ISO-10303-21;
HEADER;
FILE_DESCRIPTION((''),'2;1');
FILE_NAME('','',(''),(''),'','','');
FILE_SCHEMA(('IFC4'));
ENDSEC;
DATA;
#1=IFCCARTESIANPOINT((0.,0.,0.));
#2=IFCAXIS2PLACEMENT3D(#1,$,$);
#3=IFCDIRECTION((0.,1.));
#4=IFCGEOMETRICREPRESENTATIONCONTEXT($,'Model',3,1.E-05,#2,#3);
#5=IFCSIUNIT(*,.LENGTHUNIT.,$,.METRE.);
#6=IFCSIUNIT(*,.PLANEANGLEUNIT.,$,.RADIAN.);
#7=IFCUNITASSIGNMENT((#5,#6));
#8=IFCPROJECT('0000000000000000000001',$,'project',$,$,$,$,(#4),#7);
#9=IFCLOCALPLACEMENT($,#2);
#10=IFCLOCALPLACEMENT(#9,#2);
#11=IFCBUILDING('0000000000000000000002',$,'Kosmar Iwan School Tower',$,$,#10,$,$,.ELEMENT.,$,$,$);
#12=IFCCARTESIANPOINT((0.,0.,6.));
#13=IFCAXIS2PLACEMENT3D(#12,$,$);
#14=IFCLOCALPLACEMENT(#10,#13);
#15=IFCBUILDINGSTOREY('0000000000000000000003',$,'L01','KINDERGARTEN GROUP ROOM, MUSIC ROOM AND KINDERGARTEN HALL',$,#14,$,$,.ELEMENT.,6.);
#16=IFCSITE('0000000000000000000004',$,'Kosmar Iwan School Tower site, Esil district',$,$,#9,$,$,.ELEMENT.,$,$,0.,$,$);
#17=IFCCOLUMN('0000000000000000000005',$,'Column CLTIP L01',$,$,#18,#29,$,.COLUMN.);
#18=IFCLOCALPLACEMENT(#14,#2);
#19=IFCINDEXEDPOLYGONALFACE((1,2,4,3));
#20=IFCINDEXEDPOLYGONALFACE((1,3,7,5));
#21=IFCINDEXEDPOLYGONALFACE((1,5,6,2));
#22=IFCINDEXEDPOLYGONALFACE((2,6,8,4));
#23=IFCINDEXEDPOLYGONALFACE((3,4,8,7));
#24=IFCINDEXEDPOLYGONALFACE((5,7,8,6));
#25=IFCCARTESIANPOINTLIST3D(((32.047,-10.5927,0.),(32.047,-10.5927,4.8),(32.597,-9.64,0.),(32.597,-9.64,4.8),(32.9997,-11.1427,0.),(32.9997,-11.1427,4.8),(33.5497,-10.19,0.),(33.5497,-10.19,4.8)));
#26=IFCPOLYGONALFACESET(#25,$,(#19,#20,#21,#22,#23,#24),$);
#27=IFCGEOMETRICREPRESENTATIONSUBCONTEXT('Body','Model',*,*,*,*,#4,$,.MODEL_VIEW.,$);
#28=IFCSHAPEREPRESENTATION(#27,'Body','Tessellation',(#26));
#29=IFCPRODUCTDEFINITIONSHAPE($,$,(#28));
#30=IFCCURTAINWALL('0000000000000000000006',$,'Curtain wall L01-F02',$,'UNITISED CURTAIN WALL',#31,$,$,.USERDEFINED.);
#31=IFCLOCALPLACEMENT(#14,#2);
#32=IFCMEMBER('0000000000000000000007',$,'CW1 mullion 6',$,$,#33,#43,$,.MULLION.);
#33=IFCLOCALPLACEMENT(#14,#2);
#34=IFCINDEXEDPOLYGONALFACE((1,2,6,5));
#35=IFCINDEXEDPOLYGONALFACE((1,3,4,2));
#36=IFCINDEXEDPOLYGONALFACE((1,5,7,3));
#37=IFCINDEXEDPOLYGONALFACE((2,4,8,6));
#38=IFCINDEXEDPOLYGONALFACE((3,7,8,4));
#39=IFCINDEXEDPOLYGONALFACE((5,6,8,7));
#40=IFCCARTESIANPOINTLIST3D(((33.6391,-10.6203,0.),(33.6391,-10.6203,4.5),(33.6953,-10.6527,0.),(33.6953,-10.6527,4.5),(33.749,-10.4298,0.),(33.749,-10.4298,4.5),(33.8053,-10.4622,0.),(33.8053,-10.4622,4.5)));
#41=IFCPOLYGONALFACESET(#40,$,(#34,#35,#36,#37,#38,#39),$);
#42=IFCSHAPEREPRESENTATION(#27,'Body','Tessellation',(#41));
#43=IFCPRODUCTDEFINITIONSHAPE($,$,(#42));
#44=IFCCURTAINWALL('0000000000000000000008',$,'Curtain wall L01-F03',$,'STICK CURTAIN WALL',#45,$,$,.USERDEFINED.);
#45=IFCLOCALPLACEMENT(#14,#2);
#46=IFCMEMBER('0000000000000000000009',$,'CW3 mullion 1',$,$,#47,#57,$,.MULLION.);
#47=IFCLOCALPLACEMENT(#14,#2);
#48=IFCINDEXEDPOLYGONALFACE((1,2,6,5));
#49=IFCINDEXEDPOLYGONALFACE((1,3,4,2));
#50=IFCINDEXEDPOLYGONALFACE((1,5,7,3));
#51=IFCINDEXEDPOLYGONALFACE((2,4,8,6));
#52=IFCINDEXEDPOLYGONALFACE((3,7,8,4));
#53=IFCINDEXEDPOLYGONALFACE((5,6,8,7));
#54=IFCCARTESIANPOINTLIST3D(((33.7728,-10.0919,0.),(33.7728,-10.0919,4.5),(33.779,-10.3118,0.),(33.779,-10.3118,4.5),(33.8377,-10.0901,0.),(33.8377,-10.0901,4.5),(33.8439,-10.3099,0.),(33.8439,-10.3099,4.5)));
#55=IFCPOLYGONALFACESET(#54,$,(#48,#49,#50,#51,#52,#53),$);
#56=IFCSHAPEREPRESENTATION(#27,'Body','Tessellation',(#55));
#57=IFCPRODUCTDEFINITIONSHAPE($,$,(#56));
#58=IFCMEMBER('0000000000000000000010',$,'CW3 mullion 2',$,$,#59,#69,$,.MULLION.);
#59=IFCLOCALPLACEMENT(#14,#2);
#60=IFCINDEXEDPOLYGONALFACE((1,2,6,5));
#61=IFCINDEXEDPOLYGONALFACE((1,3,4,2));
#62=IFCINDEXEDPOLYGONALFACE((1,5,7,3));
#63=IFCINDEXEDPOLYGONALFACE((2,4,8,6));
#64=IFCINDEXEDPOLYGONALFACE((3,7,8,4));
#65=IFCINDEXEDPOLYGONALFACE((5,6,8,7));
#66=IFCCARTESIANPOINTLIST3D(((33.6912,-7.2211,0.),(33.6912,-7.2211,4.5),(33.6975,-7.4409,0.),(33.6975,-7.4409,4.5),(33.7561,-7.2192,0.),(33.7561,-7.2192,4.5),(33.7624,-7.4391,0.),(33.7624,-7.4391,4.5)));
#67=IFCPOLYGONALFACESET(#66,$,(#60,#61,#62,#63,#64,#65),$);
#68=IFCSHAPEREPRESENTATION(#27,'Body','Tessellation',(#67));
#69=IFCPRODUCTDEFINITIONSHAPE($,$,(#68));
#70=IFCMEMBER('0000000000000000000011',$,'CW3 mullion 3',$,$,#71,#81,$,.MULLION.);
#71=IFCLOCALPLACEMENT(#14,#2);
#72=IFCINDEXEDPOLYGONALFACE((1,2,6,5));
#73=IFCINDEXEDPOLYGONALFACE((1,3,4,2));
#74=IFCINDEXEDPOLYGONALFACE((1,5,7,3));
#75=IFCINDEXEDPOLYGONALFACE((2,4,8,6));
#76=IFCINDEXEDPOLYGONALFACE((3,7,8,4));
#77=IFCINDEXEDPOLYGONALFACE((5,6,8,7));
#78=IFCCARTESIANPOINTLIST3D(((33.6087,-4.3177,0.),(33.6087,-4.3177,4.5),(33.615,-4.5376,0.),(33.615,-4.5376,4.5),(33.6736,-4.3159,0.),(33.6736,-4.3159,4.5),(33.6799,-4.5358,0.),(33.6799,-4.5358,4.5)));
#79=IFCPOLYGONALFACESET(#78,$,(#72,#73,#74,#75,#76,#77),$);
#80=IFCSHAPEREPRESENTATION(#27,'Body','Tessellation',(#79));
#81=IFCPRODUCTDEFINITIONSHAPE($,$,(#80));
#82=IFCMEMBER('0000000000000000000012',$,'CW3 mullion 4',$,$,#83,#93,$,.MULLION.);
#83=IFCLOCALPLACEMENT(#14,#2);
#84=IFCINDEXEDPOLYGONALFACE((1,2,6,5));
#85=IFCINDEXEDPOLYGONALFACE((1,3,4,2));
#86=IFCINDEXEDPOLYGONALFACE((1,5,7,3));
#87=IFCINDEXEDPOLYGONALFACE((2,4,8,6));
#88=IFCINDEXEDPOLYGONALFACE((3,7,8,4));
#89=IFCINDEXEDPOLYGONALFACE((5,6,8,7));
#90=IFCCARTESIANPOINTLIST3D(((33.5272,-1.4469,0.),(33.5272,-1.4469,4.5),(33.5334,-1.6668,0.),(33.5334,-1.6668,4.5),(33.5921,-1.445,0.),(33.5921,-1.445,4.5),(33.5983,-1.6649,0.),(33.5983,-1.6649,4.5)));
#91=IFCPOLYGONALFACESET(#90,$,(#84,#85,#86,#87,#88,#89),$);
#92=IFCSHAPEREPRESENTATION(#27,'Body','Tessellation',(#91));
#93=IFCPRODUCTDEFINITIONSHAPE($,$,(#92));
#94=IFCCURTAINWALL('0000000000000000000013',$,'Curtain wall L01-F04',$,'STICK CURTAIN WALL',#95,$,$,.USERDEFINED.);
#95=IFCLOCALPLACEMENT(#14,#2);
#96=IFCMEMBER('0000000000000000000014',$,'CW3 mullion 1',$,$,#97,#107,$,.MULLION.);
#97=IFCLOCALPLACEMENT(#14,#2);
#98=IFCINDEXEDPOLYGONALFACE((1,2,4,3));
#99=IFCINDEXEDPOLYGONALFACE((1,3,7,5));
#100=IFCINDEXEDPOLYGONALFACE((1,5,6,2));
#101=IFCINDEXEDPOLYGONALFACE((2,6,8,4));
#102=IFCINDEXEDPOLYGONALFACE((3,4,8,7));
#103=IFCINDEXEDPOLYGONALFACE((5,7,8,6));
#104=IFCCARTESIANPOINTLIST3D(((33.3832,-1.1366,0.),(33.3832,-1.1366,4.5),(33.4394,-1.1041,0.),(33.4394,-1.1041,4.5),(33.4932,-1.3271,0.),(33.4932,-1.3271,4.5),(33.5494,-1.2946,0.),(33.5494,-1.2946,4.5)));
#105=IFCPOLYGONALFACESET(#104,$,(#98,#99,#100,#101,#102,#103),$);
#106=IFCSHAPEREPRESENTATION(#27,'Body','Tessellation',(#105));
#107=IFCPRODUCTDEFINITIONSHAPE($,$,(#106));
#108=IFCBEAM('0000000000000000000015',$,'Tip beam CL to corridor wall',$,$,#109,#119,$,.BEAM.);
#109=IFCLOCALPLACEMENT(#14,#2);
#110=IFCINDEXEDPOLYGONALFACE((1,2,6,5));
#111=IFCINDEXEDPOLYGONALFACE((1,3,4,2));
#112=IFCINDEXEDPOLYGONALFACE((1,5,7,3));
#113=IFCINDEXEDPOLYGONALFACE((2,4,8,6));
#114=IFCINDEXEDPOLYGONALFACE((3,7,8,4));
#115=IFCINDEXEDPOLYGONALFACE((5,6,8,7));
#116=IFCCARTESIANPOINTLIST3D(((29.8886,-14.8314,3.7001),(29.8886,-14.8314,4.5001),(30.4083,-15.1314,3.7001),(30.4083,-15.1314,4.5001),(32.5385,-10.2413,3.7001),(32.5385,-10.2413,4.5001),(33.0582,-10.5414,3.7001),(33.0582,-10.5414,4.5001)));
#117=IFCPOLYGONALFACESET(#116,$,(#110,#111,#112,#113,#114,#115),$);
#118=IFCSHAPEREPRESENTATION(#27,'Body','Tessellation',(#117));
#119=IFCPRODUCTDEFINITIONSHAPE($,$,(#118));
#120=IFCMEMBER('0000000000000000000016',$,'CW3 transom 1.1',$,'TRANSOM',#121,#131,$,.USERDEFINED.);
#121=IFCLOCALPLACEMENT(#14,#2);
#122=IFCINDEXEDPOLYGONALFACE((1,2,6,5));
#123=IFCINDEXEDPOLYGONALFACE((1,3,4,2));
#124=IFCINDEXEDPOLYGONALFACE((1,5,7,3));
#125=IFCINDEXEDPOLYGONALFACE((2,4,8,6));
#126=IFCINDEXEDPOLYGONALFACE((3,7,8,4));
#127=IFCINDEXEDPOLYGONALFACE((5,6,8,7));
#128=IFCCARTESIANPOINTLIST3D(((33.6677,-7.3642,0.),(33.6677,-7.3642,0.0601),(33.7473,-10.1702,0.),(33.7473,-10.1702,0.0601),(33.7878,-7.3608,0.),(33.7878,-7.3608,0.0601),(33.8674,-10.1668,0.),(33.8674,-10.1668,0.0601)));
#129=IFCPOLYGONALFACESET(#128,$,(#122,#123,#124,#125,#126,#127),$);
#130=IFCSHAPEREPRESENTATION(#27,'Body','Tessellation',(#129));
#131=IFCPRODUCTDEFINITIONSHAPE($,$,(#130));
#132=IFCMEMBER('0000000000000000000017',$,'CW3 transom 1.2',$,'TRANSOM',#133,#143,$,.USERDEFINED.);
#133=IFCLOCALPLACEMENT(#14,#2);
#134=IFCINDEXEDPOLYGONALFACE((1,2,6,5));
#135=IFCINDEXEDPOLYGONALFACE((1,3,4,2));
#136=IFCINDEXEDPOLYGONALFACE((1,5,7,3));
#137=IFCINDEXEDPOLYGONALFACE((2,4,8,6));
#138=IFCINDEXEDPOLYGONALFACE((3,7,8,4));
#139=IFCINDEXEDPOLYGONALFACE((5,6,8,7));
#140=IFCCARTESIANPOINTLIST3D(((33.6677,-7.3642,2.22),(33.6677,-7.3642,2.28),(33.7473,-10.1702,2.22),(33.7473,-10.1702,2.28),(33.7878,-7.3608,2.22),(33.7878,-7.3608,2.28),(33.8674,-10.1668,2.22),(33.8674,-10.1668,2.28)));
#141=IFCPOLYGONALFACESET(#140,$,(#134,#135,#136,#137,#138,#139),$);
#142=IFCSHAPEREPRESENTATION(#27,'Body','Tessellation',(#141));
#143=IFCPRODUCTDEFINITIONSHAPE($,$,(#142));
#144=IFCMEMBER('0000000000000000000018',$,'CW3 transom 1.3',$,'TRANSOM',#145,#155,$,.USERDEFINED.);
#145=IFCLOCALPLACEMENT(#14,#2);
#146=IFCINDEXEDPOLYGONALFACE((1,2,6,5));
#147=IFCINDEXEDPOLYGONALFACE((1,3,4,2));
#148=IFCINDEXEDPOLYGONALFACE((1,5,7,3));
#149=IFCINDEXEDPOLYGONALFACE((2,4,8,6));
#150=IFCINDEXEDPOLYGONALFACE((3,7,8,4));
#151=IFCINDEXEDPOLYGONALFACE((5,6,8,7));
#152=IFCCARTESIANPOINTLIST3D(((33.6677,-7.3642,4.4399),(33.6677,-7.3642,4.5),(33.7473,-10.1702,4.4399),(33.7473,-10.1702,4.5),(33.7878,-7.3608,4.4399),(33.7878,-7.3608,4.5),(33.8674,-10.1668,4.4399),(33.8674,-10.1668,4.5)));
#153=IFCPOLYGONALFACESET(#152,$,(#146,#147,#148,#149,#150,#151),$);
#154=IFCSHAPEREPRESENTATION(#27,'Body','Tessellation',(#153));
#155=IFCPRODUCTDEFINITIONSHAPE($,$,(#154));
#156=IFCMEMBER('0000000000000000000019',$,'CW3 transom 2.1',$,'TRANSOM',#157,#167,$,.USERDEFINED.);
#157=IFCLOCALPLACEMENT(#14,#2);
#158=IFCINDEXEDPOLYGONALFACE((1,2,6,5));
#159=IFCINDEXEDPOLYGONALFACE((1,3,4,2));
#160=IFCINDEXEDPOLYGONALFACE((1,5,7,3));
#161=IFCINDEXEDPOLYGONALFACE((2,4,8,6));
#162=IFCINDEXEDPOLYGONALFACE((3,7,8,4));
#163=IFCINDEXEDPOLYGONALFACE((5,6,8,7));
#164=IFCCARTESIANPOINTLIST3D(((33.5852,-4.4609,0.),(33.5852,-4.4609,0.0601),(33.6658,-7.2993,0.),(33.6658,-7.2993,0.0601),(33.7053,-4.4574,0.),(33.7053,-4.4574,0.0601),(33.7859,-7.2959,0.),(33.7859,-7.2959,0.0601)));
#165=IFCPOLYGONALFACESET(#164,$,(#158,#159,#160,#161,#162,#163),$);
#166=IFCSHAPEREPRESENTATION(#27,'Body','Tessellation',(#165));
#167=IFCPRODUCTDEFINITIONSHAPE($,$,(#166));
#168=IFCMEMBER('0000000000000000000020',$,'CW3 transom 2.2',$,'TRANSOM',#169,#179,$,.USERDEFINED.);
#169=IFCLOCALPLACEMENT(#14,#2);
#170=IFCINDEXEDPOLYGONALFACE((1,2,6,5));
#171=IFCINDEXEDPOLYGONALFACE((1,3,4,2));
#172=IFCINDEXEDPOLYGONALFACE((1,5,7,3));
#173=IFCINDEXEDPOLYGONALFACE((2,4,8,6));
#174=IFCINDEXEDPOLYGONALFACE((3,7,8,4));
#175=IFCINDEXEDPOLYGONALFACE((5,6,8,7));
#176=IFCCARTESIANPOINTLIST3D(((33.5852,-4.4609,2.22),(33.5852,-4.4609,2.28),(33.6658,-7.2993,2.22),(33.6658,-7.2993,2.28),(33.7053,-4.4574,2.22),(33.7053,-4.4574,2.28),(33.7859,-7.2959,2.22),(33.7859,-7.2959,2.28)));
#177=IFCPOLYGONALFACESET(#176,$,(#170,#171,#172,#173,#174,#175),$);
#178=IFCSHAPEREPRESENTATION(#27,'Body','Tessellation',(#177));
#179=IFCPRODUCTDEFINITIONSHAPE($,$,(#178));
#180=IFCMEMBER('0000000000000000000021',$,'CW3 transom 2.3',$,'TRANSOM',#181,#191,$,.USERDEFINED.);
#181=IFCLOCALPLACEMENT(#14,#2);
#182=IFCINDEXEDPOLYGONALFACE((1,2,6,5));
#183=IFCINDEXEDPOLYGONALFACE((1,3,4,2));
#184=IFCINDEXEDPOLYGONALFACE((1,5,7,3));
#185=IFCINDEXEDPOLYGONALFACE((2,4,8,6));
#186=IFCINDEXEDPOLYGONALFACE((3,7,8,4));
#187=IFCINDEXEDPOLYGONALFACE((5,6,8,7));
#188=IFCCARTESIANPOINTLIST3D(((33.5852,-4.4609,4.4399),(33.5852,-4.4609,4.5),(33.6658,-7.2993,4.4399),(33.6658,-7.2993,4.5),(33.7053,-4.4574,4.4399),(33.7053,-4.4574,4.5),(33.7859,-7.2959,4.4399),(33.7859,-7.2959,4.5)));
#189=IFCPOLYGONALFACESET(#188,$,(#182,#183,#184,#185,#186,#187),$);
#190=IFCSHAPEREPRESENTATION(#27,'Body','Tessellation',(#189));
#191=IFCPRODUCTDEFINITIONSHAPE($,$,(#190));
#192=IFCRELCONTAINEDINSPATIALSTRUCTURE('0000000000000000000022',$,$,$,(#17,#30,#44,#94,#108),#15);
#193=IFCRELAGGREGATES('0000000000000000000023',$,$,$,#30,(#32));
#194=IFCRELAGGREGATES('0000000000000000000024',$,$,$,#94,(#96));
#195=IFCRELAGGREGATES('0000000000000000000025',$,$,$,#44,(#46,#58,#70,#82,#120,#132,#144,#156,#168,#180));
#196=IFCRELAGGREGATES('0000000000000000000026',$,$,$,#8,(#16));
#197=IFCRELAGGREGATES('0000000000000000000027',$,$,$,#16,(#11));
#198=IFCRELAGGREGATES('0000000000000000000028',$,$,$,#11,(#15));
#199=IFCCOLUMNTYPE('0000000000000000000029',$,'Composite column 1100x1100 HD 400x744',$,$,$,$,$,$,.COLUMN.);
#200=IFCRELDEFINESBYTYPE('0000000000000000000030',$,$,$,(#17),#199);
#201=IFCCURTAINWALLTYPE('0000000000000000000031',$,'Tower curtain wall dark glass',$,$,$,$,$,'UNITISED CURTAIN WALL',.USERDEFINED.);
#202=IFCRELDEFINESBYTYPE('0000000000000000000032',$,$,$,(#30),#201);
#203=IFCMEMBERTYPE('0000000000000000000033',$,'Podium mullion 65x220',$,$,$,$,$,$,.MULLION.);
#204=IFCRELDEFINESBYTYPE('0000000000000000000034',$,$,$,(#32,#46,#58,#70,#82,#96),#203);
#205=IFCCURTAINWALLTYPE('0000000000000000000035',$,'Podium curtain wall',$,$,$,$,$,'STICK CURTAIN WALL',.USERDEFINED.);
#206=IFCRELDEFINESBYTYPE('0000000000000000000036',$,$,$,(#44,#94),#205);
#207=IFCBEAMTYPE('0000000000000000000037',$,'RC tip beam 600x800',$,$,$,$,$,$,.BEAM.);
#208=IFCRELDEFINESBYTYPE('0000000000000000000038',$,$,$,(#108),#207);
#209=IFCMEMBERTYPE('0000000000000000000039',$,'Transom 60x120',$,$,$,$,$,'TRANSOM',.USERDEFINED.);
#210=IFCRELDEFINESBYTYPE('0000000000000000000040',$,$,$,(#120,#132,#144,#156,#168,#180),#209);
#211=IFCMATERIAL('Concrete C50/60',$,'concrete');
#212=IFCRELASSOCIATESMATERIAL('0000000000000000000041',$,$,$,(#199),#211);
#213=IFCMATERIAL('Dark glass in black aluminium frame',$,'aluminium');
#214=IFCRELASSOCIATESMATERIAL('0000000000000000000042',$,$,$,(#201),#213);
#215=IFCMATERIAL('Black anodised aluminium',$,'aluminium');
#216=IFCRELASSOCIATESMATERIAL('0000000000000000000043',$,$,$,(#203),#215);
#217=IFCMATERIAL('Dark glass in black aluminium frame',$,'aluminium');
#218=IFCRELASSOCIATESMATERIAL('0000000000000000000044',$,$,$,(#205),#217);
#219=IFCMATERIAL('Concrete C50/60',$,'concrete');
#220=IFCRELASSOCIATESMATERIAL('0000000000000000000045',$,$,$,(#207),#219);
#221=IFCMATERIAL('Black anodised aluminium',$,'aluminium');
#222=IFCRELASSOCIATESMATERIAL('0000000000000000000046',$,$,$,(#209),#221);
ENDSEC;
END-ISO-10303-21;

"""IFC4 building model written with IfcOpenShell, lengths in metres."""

from ifc_helpers import new_model, si_unit, direction, frame, origin, origin_2d, place, context, subcontext, project, spatial, rectangle, extrude, material, material_profile, profile_set, type_object, element, aggregate, save


model = new_model("IFC4")

# Units and contexts
model_context = context("Model", 3, precision=1e-05, world=origin(), true_north=direction((0.0, 1.0)))
body_context = subcontext(model_context, "Body", "Model", "MODEL_VIEW")
ifc_project = project(units=[si_unit("LENGTHUNIT", "METRE"), si_unit("PLANEANGLEUNIT", "RADIAN")], contexts=[model_context])

# Site, building, storey
site_placement = place(None, origin())
site = spatial("IfcSite", under=ifc_project, at=site_placement, Name="Kosmar Iwan School Tower site, Esil district", CompositionType="ELEMENT", RefElevation=0.0)
building_placement = place(site_placement, origin())
building = spatial("IfcBuilding", under=site, at=building_placement, Name="Kosmar Iwan School Tower", CompositionType="ELEMENT")
storey_placement = place(building_placement, frame((0.0, 0.0, 6.0)))
storey = spatial("IfcBuildingStorey", under=building, at=storey_placement, Name="L01", Description="KINDERGARTEN GROUP ROOM, MUSIC ROOM AND KINDERGARTEN HALL", CompositionType="ELEMENT", Elevation=6.0)

# Column
ifc_material_1 = material(Name="Concrete C50/60", Category="concrete")
ifc_material_profile_1 = material_profile(ifc_material_1, rectangle(XDim=1.1001, YDim=1.1001, at=origin_2d()), Name="RC 1100x1100 + HD 400x744")
ifc_profile_set_1 = profile_set([ifc_material_profile_1], Name="Concrete C50/60")
column_type = type_object("IfcColumnType", Name="Composite column 1100x1100 HD 400x744", PredefinedType="COLUMN", material=ifc_profile_set_1)
column_placement = place(storey_placement, frame((32.7983, -10.3914, 0.0), z_axis=(0.0, 0.0, 1.0), x_axis=(0.866025, -0.5, 0.0)))
element("IfcColumn", 1, at=column_placement, inside=storey, type_object=column_type, Name="Column CLTIP L01", PredefinedType="COLUMN", context=body_context, shape_type="SweptSolid", body=[
    extrude(rectangle(XDim=1.1001, YDim=1.1001, at=origin_2d()), origin(), (0.0, 0.0, 1.0), 4.8),
])

# Curtain wall, member
ifc_material_2 = material(Name="Dark glass in black aluminium frame", Category="aluminium")
curtain_wall_type_1 = type_object("IfcCurtainWallType", Name="Tower curtain wall dark glass", ElementType="UNITISED CURTAIN WALL", PredefinedType="USERDEFINED", material=ifc_material_2)
curtain_wall_1_placement = place(storey_placement, origin())
curtain_wall_1 = element("IfcCurtainWall", 2, at=curtain_wall_1_placement, inside=storey, type_object=curtain_wall_type_1, Name="Curtain wall L01-F02", ObjectType="UNITISED CURTAIN WALL", PredefinedType="USERDEFINED")
ifc_material_3 = material(Name="Black anodised aluminium", Category="aluminium")
ifc_material_profile_2 = material_profile(ifc_material_3, rectangle(XDim=0.0649, YDim=0.22, at=origin_2d()), Name="MULLION 65x220")
ifc_profile_set_2 = profile_set([ifc_material_profile_2], Name="Black anodised aluminium")
member_type_1 = type_object("IfcMemberType", Name="Podium mullion 65x220", PredefinedType="MULLION", material=ifc_profile_set_2)
member_1_placement = place(storey_placement, frame((33.7222, -10.5413, 0.0), z_axis=(0.0, 0.0, 1.0), x_axis=(-0.866025, 0.5, 0.0)))
member_1 = element("IfcMember", 3, at=member_1_placement, type_object=member_type_1, Name="CW1 mullion 6", PredefinedType="MULLION", context=body_context, shape_type="SweptSolid", body=[
    extrude(rectangle(XDim=0.0649, YDim=0.22, at=origin_2d()), origin(), (0.0, 0.0, 1.0), 4.5),
])
aggregate(curtain_wall_1, [member_1])

# Curtain wall, members
ifc_material_4 = material(Name="Dark glass in black aluminium frame", Category="aluminium")
curtain_wall_type_2 = type_object("IfcCurtainWallType", Name="Podium curtain wall", ElementType="STICK CURTAIN WALL", PredefinedType="USERDEFINED", material=ifc_material_4)
curtain_wall_2_placement = place(storey_placement, origin())
curtain_wall_2 = element("IfcCurtainWall", 4, at=curtain_wall_2_placement, inside=storey, type_object=curtain_wall_type_2, Name="Curtain wall L01-F03", ObjectType="STICK CURTAIN WALL", PredefinedType="USERDEFINED")
member_2_placement = place(storey_placement, frame((33.8083, -10.2009, 0.0), z_axis=(0.0, 0.0, 1.0), x_axis=(-0.999597, -0.028386, 0.0)))
member_2 = element("IfcMember", 5, at=member_2_placement, type_object=member_type_1, Name="CW3 mullion 1", PredefinedType="MULLION", context=body_context, shape_type="SweptSolid", body=[
    extrude(rectangle(XDim=0.0649, YDim=0.22, at=origin_2d()), origin(), (0.0, 0.0, 1.0), 4.5),
])
member_3_placement = place(storey_placement, frame((33.7268, -7.3301, 0.0), z_axis=(0.0, 0.0, 1.0), x_axis=(-0.999597, -0.028386, 0.0)))
member_3 = element("IfcMember", 6, at=member_3_placement, type_object=member_type_1, Name="CW3 mullion 2", PredefinedType="MULLION", context=body_context, shape_type="SweptSolid", body=[
    extrude(rectangle(XDim=0.0649, YDim=0.22, at=origin_2d()), origin(), (0.0, 0.0, 1.0), 4.5),
])
member_4_placement = place(storey_placement, frame((33.6443, -4.4268, 0.0), z_axis=(0.0, 0.0, 1.0), x_axis=(-0.999597, -0.028386, 0.0)))
member_4 = element("IfcMember", 7, at=member_4_placement, type_object=member_type_1, Name="CW3 mullion 3", PredefinedType="MULLION", context=body_context, shape_type="SweptSolid", body=[
    extrude(rectangle(XDim=0.0649, YDim=0.22, at=origin_2d()), origin(), (0.0, 0.0, 1.0), 4.5),
])
member_5_placement = place(storey_placement, frame((33.5627, -1.5559, 0.0), z_axis=(0.0, 0.0, 1.0), x_axis=(-0.999597, -0.028386, 0.0)))
member_5 = element("IfcMember", 8, at=member_5_placement, type_object=member_type_1, Name="CW3 mullion 4", PredefinedType="MULLION", context=body_context, shape_type="SweptSolid", body=[
    extrude(rectangle(XDim=0.0649, YDim=0.22, at=origin_2d()), origin(), (0.0, 0.0, 1.0), 4.5),
])

# Curtain wall, member
curtain_wall_3_placement = place(storey_placement, origin())
curtain_wall_3 = element("IfcCurtainWall", 9, at=curtain_wall_3_placement, inside=storey, type_object=curtain_wall_type_2, Name="Curtain wall L01-F04", ObjectType="STICK CURTAIN WALL", PredefinedType="USERDEFINED")
member_6_placement = place(storey_placement, frame((33.4663, -1.2156, 0.0), z_axis=(0.0, 0.0, 1.0), x_axis=(-0.866025, -0.5, 0.0)))
member_6 = element("IfcMember", 10, at=member_6_placement, type_object=member_type_1, Name="CW3 mullion 1", PredefinedType="MULLION", context=body_context, shape_type="SweptSolid", body=[
    extrude(rectangle(XDim=0.0649, YDim=0.22, at=origin_2d()), origin(), (0.0, 0.0, 1.0), 4.5),
])

# Beam
ifc_material_5 = material(Name="Concrete C50/60", Category="concrete")
ifc_material_profile_3 = material_profile(ifc_material_5, rectangle(XDim=0.6001, YDim=0.8, at=origin_2d()), Name="RC 600x800")
ifc_profile_set_3 = profile_set([ifc_material_profile_3], Name="Concrete C50/60")
beam_type = type_object("IfcBeamType", Name="RC tip beam 600x800", PredefinedType="BEAM", material=ifc_profile_set_3)
beam_placement = place(storey_placement, frame((32.7983, -10.3914, 4.1001), z_axis=(-0.499974, -0.866041, 0.0), x_axis=(0.866041, -0.499974, 0.0)))
element("IfcBeam", 11, at=beam_placement, inside=storey, type_object=beam_type, Name="Tip beam CL to corridor wall", PredefinedType="BEAM", context=body_context, shape_type="SweptSolid", body=[
    extrude(rectangle(XDim=0.6001, YDim=0.8, at=origin_2d()), origin(), (0.0, 0.0, 1.0), 5.3),
])

# Members
ifc_material_6 = material(Name="Black anodised aluminium", Category="aluminium")
ifc_material_profile_4 = material_profile(ifc_material_6, rectangle(XDim=0.1201, YDim=0.0601, at=origin_2d()), Name="TRANSOM 60x120")
ifc_profile_set_4 = profile_set([ifc_material_profile_4], Name="Black anodised aluminium")
member_type_2 = type_object("IfcMemberType", Name="Transom 60x120", ElementType="TRANSOM", PredefinedType="USERDEFINED", material=ifc_profile_set_4)
member_7_placement = place(storey_placement, frame((33.8074, -10.1685, 0.03), z_axis=(-0.028354, 0.999598, 0.0), x_axis=(-0.999598, -0.028354, 0.0)))
member_7 = element("IfcMember", 12, at=member_7_placement, type_object=member_type_2, Name="CW3 transom 1.1", ObjectType="TRANSOM", PredefinedType="USERDEFINED", context=body_context, shape_type="SweptSolid", body=[
    extrude(rectangle(XDim=0.1201, YDim=0.0601, at=origin_2d()), origin(), (0.0, 0.0, 1.0), 2.8071),
])
member_8_placement = place(storey_placement, frame((33.8074, -10.1685, 2.25), z_axis=(-0.028354, 0.999598, 0.0), x_axis=(-0.999598, -0.028354, 0.0)))
member_8 = element("IfcMember", 13, at=member_8_placement, type_object=member_type_2, Name="CW3 transom 1.2", ObjectType="TRANSOM", PredefinedType="USERDEFINED", context=body_context, shape_type="SweptSolid", body=[
    extrude(rectangle(XDim=0.1201, YDim=0.0601, at=origin_2d()), origin(), (0.0, 0.0, 1.0), 2.8071),
])
member_9_placement = place(storey_placement, frame((33.8074, -10.1685, 4.47), z_axis=(-0.028354, 0.999598, 0.0), x_axis=(-0.999598, -0.028354, 0.0)))
member_9 = element("IfcMember", 14, at=member_9_placement, type_object=member_type_2, Name="CW3 transom 1.3", ObjectType="TRANSOM", PredefinedType="USERDEFINED", context=body_context, shape_type="SweptSolid", body=[
    extrude(rectangle(XDim=0.1201, YDim=0.0601, at=origin_2d()), origin(), (0.0, 0.0, 1.0), 2.8071),
])
member_10_placement = place(storey_placement, frame((33.7258, -7.2976, 0.03), z_axis=(-0.028373, 0.999597, 0.0), x_axis=(-0.999597, -0.028373, 0.0)))
member_10 = element("IfcMember", 15, at=member_10_placement, type_object=member_type_2, Name="CW3 transom 2.1", ObjectType="TRANSOM", PredefinedType="USERDEFINED", context=body_context, shape_type="SweptSolid", body=[
    extrude(rectangle(XDim=0.1201, YDim=0.0601, at=origin_2d()), origin(), (0.0, 0.0, 1.0), 2.8396),
])
member_11_placement = place(storey_placement, frame((33.7258, -7.2976, 2.25), z_axis=(-0.028373, 0.999597, 0.0), x_axis=(-0.999597, -0.028373, 0.0)))
member_11 = element("IfcMember", 16, at=member_11_placement, type_object=member_type_2, Name="CW3 transom 2.2", ObjectType="TRANSOM", PredefinedType="USERDEFINED", context=body_context, shape_type="SweptSolid", body=[
    extrude(rectangle(XDim=0.1201, YDim=0.0601, at=origin_2d()), origin(), (0.0, 0.0, 1.0), 2.8396),
])
member_12_placement = place(storey_placement, frame((33.7258, -7.2976, 4.47), z_axis=(-0.028373, 0.999597, 0.0), x_axis=(-0.999597, -0.028373, 0.0)))
member_12 = element("IfcMember", 17, at=member_12_placement, type_object=member_type_2, Name="CW3 transom 2.3", ObjectType="TRANSOM", PredefinedType="USERDEFINED", context=body_context, shape_type="SweptSolid", body=[
    extrude(rectangle(XDim=0.1201, YDim=0.0601, at=origin_2d()), origin(), (0.0, 0.0, 1.0), 2.8396),
])
aggregate(curtain_wall_3, [member_6])

aggregate(curtain_wall_2, [member_2, member_3, member_4, member_5, member_7, member_8, member_9, member_10, member_11, member_12])

save(model, "model.ifc")
